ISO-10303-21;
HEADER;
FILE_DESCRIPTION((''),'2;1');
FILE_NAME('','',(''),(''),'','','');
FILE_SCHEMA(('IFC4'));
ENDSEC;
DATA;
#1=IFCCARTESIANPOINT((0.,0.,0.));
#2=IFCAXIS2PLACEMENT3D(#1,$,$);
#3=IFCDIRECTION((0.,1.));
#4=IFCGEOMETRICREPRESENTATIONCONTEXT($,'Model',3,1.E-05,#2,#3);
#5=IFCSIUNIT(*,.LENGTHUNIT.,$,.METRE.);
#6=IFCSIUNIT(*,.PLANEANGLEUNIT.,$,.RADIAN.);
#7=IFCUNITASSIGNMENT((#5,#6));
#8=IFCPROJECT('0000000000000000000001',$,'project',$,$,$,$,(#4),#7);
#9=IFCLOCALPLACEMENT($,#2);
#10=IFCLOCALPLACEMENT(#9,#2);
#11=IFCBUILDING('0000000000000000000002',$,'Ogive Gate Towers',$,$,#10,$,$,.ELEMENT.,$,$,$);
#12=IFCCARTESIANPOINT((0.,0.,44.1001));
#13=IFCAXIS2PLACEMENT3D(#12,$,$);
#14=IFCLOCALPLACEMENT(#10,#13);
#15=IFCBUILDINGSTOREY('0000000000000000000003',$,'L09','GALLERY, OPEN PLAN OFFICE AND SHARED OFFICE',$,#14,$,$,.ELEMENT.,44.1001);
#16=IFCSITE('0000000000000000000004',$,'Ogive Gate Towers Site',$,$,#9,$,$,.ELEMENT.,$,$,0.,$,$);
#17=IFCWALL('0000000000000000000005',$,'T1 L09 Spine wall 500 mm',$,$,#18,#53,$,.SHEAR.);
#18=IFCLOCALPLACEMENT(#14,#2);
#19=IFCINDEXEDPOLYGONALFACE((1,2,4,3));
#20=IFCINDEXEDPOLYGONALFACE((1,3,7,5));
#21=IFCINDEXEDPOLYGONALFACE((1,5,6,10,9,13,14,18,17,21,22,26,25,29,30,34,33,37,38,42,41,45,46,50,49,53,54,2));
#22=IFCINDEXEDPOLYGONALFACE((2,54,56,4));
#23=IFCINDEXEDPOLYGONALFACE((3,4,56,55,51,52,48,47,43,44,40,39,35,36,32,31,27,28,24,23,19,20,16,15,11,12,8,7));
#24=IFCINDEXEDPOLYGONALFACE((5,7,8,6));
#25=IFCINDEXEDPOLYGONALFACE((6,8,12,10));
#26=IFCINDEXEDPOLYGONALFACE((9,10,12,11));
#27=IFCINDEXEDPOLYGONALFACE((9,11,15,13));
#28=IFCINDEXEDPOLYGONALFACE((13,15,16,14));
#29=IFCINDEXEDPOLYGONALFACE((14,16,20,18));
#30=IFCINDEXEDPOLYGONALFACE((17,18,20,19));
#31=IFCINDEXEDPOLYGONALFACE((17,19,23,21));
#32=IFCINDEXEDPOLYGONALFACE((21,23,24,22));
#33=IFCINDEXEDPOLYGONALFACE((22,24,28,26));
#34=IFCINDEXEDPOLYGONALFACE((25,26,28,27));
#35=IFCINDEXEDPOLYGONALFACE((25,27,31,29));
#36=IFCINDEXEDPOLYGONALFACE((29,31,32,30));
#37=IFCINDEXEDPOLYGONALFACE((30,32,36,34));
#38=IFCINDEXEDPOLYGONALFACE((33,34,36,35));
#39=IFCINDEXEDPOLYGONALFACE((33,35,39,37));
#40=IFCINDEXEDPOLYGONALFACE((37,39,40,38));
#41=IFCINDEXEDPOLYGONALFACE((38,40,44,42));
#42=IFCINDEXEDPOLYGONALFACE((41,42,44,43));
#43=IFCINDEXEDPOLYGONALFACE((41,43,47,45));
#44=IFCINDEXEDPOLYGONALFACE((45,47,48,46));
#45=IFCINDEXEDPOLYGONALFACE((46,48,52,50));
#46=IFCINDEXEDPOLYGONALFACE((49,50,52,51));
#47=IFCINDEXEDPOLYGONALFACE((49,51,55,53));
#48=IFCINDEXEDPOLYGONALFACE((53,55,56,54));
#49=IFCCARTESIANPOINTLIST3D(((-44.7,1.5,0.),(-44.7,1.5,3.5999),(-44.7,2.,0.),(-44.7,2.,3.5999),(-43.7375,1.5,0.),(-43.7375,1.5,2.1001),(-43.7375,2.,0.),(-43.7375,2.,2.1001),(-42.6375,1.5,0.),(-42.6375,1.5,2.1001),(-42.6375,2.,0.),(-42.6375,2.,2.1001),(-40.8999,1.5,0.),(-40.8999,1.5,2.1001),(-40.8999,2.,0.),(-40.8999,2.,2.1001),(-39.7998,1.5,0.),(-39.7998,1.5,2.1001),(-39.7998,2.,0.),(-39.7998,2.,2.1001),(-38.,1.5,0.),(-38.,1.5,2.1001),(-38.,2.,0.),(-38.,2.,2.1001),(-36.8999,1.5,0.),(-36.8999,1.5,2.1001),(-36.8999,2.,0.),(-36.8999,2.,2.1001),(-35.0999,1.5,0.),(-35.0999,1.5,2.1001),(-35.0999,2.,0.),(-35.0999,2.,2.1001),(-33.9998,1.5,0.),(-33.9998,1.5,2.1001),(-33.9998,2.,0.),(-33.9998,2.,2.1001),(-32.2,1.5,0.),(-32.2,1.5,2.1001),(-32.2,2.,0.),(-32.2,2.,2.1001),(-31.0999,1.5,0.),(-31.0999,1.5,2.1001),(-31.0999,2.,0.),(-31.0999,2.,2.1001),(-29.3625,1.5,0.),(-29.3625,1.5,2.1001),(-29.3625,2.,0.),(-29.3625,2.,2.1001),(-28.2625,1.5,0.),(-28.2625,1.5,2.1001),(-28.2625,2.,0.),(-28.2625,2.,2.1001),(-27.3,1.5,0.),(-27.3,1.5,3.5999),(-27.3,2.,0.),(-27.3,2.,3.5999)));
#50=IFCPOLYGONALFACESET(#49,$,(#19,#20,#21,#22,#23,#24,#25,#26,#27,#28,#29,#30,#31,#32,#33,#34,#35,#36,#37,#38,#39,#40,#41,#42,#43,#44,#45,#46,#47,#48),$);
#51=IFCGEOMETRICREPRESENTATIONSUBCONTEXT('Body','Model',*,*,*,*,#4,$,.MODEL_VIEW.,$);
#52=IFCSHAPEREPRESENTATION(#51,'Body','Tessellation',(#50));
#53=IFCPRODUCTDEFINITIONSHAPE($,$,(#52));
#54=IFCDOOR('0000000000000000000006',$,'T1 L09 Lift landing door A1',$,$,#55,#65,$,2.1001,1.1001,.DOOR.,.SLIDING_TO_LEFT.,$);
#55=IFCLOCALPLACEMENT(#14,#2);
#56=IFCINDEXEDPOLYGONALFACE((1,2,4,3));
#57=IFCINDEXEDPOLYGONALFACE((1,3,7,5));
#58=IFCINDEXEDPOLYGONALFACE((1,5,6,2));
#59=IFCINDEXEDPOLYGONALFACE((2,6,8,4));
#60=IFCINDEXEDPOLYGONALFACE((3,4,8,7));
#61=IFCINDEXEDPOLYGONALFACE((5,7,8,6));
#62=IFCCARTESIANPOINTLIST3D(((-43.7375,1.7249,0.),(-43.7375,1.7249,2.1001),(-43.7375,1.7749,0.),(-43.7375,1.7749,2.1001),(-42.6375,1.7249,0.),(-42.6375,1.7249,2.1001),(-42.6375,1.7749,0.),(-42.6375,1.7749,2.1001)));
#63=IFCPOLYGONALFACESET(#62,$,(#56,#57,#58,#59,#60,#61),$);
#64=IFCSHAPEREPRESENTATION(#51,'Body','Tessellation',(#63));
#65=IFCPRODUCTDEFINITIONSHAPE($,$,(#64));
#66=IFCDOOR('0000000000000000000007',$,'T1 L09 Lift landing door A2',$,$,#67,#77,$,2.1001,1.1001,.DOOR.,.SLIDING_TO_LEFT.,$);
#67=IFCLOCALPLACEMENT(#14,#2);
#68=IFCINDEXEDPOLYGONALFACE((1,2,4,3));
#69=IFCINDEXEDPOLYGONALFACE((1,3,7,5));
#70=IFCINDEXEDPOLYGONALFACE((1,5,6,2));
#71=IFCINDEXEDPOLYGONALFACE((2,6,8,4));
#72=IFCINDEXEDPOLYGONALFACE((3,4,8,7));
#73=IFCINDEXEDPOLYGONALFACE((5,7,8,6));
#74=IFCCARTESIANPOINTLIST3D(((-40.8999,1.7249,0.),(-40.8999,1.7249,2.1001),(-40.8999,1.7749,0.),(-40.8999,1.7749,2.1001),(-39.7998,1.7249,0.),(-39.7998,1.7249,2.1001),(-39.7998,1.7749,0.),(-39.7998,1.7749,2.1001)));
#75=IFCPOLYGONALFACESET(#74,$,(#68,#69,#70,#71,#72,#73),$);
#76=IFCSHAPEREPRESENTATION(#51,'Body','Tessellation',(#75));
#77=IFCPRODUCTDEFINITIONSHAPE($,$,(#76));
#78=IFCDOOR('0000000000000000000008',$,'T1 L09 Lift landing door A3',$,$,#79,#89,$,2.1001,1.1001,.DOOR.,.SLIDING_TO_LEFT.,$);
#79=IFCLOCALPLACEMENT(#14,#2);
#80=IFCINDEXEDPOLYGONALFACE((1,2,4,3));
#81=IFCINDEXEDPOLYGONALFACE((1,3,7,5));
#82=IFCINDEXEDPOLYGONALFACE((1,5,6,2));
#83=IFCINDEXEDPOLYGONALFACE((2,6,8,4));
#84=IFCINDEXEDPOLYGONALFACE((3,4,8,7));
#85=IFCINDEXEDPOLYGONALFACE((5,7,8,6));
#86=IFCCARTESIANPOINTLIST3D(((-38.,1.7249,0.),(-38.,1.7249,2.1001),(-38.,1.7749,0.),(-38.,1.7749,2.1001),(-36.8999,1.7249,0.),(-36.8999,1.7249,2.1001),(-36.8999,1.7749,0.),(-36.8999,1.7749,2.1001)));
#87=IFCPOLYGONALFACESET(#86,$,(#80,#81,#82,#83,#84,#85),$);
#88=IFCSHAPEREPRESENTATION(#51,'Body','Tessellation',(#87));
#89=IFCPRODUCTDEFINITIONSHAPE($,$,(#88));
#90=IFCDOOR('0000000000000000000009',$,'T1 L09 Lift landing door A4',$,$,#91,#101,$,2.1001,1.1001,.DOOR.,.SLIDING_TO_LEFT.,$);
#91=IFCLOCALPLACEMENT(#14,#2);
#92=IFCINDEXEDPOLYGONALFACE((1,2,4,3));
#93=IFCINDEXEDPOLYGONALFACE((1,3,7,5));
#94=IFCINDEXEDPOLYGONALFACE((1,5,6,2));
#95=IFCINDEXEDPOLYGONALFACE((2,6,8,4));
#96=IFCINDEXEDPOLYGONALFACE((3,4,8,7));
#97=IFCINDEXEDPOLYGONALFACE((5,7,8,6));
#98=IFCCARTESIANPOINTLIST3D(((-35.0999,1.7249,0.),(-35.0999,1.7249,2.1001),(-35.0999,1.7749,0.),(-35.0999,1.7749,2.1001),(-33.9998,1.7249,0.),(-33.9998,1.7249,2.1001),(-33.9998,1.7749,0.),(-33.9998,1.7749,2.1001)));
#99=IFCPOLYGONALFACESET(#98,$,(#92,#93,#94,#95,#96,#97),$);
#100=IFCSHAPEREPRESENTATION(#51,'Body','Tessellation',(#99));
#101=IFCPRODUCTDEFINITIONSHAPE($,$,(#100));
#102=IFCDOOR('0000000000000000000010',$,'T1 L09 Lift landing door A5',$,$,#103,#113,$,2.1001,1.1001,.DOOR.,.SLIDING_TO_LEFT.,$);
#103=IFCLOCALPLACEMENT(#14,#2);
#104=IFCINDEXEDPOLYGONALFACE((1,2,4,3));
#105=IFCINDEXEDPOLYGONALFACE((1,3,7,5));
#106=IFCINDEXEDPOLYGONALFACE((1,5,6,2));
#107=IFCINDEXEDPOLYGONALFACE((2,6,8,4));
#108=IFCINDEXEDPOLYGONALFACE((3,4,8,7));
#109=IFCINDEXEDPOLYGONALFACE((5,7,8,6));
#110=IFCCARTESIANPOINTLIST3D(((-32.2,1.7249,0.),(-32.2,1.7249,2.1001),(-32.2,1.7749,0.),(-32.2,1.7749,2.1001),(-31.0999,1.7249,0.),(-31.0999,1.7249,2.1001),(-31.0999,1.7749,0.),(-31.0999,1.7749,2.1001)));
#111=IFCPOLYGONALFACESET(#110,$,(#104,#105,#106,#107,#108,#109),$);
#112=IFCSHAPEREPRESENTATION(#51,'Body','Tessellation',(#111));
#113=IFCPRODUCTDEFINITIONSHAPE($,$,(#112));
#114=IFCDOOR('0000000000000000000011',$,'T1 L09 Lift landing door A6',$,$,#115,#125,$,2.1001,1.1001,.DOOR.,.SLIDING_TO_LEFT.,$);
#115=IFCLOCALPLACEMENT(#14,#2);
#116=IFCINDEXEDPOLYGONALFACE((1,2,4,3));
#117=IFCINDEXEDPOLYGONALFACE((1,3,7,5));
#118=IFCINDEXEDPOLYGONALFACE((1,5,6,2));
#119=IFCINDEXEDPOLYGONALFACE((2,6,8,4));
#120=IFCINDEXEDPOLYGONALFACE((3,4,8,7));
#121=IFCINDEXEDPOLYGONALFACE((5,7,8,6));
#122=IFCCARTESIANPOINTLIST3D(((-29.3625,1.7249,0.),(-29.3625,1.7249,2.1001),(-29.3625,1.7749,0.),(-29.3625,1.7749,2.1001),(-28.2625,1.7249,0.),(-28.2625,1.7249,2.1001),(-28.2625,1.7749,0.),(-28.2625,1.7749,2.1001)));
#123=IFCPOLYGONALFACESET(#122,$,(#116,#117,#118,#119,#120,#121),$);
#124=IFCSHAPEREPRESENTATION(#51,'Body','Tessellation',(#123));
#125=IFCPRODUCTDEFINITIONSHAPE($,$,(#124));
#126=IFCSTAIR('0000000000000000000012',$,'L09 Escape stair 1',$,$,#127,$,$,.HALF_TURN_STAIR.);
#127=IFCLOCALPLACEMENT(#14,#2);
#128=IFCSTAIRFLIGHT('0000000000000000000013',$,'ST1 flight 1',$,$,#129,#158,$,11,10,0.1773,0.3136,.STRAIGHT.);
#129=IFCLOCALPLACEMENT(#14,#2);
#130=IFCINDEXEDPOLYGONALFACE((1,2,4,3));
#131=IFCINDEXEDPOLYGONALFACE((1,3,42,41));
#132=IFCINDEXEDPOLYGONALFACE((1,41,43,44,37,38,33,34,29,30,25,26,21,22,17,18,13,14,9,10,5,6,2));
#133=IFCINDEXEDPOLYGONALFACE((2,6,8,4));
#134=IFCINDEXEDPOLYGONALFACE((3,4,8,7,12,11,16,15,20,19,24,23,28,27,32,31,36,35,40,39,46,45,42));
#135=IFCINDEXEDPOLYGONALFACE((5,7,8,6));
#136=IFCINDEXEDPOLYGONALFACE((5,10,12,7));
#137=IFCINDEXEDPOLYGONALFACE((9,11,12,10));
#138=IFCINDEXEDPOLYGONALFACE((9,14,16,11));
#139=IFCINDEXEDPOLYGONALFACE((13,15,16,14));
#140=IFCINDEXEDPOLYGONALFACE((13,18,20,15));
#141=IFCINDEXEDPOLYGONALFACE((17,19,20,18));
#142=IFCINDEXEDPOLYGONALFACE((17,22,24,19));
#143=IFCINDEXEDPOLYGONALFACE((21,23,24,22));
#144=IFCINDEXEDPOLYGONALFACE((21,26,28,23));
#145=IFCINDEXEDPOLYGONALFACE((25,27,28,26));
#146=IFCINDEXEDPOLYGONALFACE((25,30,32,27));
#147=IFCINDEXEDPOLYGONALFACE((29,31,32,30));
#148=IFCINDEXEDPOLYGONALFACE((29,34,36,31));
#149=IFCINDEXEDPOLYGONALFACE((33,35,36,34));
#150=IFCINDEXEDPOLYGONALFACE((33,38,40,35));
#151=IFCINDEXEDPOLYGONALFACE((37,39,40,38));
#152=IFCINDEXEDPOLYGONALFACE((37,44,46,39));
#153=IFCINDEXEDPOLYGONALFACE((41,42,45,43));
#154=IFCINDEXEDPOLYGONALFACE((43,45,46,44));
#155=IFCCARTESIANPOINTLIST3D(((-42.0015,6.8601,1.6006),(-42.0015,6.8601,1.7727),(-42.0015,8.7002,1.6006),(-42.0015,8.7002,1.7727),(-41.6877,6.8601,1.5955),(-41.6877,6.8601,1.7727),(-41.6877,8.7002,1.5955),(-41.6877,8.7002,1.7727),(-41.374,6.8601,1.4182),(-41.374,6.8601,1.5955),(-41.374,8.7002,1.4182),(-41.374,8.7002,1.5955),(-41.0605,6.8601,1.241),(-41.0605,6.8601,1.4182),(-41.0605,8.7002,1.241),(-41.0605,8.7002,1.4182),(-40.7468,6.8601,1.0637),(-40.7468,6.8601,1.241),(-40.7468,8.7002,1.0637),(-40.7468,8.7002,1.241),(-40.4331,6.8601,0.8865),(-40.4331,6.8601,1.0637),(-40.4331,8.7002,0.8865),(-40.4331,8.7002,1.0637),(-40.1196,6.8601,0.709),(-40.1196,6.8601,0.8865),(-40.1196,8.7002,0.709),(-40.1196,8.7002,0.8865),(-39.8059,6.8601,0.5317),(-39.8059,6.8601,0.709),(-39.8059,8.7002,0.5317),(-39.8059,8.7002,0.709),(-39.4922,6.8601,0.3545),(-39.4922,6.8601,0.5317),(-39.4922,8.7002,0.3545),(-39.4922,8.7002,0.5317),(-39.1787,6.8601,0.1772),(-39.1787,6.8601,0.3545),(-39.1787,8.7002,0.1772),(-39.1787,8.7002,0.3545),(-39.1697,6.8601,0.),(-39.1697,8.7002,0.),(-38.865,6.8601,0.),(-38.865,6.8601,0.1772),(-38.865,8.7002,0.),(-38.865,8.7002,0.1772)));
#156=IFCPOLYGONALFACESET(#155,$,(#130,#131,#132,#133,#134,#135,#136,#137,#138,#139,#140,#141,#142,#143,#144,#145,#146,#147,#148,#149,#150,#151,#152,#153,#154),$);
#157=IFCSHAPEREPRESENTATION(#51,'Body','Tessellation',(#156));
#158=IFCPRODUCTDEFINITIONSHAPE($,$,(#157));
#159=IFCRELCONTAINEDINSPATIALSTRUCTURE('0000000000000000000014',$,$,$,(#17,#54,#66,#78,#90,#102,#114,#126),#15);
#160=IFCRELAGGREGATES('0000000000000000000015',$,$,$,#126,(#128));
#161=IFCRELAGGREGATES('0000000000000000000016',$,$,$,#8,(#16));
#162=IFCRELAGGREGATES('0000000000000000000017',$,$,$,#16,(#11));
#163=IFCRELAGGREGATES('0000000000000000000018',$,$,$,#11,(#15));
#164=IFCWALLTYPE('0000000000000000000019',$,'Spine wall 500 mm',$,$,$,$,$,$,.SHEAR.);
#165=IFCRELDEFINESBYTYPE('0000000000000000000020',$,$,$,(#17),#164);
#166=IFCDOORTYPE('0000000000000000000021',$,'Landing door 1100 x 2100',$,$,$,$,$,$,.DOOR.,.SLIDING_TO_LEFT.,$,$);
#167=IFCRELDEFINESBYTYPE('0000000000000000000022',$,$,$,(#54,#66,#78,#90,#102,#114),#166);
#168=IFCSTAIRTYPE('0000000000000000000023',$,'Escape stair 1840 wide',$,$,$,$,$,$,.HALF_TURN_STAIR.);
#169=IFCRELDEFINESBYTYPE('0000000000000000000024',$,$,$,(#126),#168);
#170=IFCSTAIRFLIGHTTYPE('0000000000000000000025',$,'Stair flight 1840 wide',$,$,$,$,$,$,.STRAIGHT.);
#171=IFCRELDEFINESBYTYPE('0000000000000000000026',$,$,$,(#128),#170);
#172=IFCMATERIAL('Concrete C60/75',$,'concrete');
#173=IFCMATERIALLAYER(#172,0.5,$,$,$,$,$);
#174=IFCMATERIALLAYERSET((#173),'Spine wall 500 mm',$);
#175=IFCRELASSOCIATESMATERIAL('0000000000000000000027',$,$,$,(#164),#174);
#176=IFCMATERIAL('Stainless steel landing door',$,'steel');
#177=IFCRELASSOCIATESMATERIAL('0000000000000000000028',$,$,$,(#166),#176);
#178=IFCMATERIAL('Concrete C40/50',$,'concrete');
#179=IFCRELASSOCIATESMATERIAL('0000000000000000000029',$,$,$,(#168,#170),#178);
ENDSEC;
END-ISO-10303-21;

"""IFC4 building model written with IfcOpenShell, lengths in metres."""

from ifc_helpers import new_model, si_unit, direction, frame, frame_2d, origin, place, context, subcontext, project, spatial, polyline, rectangle, outline, extrude, material, layer, layer_set, type_object, element, fill, aggregate, save


model = new_model("IFC4")

# Units and contexts
model_context = context("Model", 3, precision=1e-05, world=origin(), true_north=direction((0.0, 1.0)))
body_context = subcontext(model_context, "Body", "Model", "MODEL_VIEW")
ifc_project = project(units=[si_unit("LENGTHUNIT", "METRE"), si_unit("PLANEANGLEUNIT", "RADIAN")], contexts=[model_context])

# Site, building, storey
site_placement = place(None, origin())
site = spatial("IfcSite", under=ifc_project, at=site_placement, Name="Ogive Gate Towers Site", CompositionType="ELEMENT", RefElevation=0.0)
building_placement = place(site_placement, origin())
building = spatial("IfcBuilding", under=site, at=building_placement, Name="Ogive Gate Towers", CompositionType="ELEMENT")
storey_placement = place(building_placement, frame((0.0, 0.0, 44.1001)))
storey = spatial("IfcBuildingStorey", under=building, at=storey_placement, Name="L09", Description="GALLERY, OPEN PLAN OFFICE AND SHARED OFFICE", CompositionType="ELEMENT", Elevation=44.1001)

# Shared definitions
ifc_material_1 = material(Name="Concrete C60/75", Category="concrete")

# Wall, openings, doors
ifc_layer_1 = layer(ifc_material_1, 0.5)
ifc_layer_set_1 = layer_set([ifc_layer_1], Name="Spine wall 500 mm")
wall_type_1 = type_object("IfcWallType", Name="Spine wall 500 mm", PredefinedType="SHEAR", material=ifc_layer_set_1)
wall_1_placement = place(storey_placement, frame((-44.7, 1.75, 0.0), z_axis=(0.0, 0.0, 1.0), x_axis=(1.0, 0.0, 0.0)))
wall_1 = element("IfcWall", 1, at=wall_1_placement, inside=storey, type_object=wall_type_1, Name="T1 L09 Spine wall 500 mm", PredefinedType="SHEAR", context=body_context, shape_type="SweptSolid", body=[
    extrude(rectangle(XDim=17.3999, YDim=0.5, at=frame_2d((8.7, 0.0))), origin(), (0.0, 0.0, 1.0), 3.5999),
])
opening_1_placement = place(wall_1_placement, frame((0.9624, 0.0, 0.0)))
opening_1 = element("IfcOpeningElement", 2, at=opening_1_placement, cuts=wall_1, PredefinedType="OPENING", context=body_context, shape_type="SweptSolid", body=[
    extrude(rectangle(XDim=1.1001, YDim=2.1001, at=frame_2d((0.55, 1.05))), frame((0.0, 0.26, 0.0), z_axis=(0.0, -1.0, 0.0), x_axis=(1.0, 0.0, 0.0)), (0.0, 0.0, 1.0), 0.52),
])
opening_2_placement = place(wall_1_placement, frame((3.8, 0.0, 0.0)))
opening_2 = element("IfcOpeningElement", 3, at=opening_2_placement, cuts=wall_1, PredefinedType="OPENING", context=body_context, shape_type="SweptSolid", body=[
    extrude(rectangle(XDim=1.1001, YDim=2.1001, at=frame_2d((0.55, 1.05))), frame((0.0, 0.26, 0.0), z_axis=(0.0, -1.0, 0.0), x_axis=(1.0, 0.0, 0.0)), (0.0, 0.0, 1.0), 0.52),
])
opening_3_placement = place(wall_1_placement, frame((6.7, 0.0, 0.0)))
opening_3 = element("IfcOpeningElement", 4, at=opening_3_placement, cuts=wall_1, PredefinedType="OPENING", context=body_context, shape_type="SweptSolid", body=[
    extrude(rectangle(XDim=1.1001, YDim=2.1001, at=frame_2d((0.55, 1.05))), frame((0.0, 0.26, 0.0), z_axis=(0.0, -1.0, 0.0), x_axis=(1.0, 0.0, 0.0)), (0.0, 0.0, 1.0), 0.52),
])
opening_4_placement = place(wall_1_placement, frame((9.6001, 0.0, 0.0)))
opening_4 = element("IfcOpeningElement", 5, at=opening_4_placement, cuts=wall_1, PredefinedType="OPENING", context=body_context, shape_type="SweptSolid", body=[
    extrude(rectangle(XDim=1.1001, YDim=2.1001, at=frame_2d((0.55, 1.05))), frame((0.0, 0.26, 0.0), z_axis=(0.0, -1.0, 0.0), x_axis=(1.0, 0.0, 0.0)), (0.0, 0.0, 1.0), 0.52),
])
opening_5_placement = place(wall_1_placement, frame((12.5, 0.0, 0.0)))
opening_5 = element("IfcOpeningElement", 6, at=opening_5_placement, cuts=wall_1, PredefinedType="OPENING", context=body_context, shape_type="SweptSolid", body=[
    extrude(rectangle(XDim=1.1001, YDim=2.1001, at=frame_2d((0.55, 1.05))), frame((0.0, 0.26, 0.0), z_axis=(0.0, -1.0, 0.0), x_axis=(1.0, 0.0, 0.0)), (0.0, 0.0, 1.0), 0.52),
])
opening_6_placement = place(wall_1_placement, frame((15.3374, 0.0, 0.0)))
opening_6 = element("IfcOpeningElement", 7, at=opening_6_placement, cuts=wall_1, PredefinedType="OPENING", context=body_context, shape_type="SweptSolid", body=[
    extrude(rectangle(XDim=1.1001, YDim=2.1001, at=frame_2d((0.55, 1.05))), frame((0.0, 0.26, 0.0), z_axis=(0.0, -1.0, 0.0), x_axis=(1.0, 0.0, 0.0)), (0.0, 0.0, 1.0), 0.52),
])
ifc_material_2 = material(Name="Stainless steel landing door", Category="steel")
door_type_1 = type_object("IfcDoorType", Name="Landing door 1100 x 2100", OperationType="SLIDING_TO_LEFT", PredefinedType="DOOR", material=ifc_material_2)
door_1_placement = place(opening_1_placement, origin())
door_1 = element("IfcDoor", 8, at=door_1_placement, inside=storey, type_object=door_type_1, Name="T1 L09 Lift landing door A1", OperationType="SLIDING_TO_LEFT", OverallHeight=2.1001, OverallWidth=1.1001, PredefinedType="DOOR", context=body_context, shape_type="SweptSolid", body=[
    extrude(rectangle(XDim=1.1001, YDim=2.1001, at=frame_2d((0.55, 1.05))), frame((0.0, 0.0249, 0.0), z_axis=(0.0, -1.0, 0.0), x_axis=(1.0, 0.0, 0.0)), (0.0, 0.0, 1.0), 0.05),
])
fill(opening_1, door_1)
door_2_placement = place(opening_2_placement, origin())
door_2 = element("IfcDoor", 9, at=door_2_placement, inside=storey, type_object=door_type_1, Name="T1 L09 Lift landing door A2", OperationType="SLIDING_TO_LEFT", OverallHeight=2.1001, OverallWidth=1.1001, PredefinedType="DOOR", context=body_context, shape_type="SweptSolid", body=[
    extrude(rectangle(XDim=1.1001, YDim=2.1001, at=frame_2d((0.55, 1.05))), frame((0.0, 0.0249, 0.0), z_axis=(0.0, -1.0, 0.0), x_axis=(1.0, 0.0, 0.0)), (0.0, 0.0, 1.0), 0.05),
])
fill(opening_2, door_2)
door_3_placement = place(opening_3_placement, origin())
door_3 = element("IfcDoor", 10, at=door_3_placement, inside=storey, type_object=door_type_1, Name="T1 L09 Lift landing door A3", OperationType="SLIDING_TO_LEFT", OverallHeight=2.1001, OverallWidth=1.1001, PredefinedType="DOOR", context=body_context, shape_type="SweptSolid", body=[
    extrude(rectangle(XDim=1.1001, YDim=2.1001, at=frame_2d((0.55, 1.05))), frame((0.0, 0.0249, 0.0), z_axis=(0.0, -1.0, 0.0), x_axis=(1.0, 0.0, 0.0)), (0.0, 0.0, 1.0), 0.05),
])
fill(opening_3, door_3)
door_4_placement = place(opening_4_placement, origin())
door_4 = element("IfcDoor", 11, at=door_4_placement, inside=storey, type_object=door_type_1, Name="T1 L09 Lift landing door A4", OperationType="SLIDING_TO_LEFT", OverallHeight=2.1001, OverallWidth=1.1001, PredefinedType="DOOR", context=body_context, shape_type="SweptSolid", body=[
    extrude(rectangle(XDim=1.1001, YDim=2.1001, at=frame_2d((0.55, 1.05))), frame((0.0, 0.0249, 0.0), z_axis=(0.0, -1.0, 0.0), x_axis=(1.0, 0.0, 0.0)), (0.0, 0.0, 1.0), 0.05),
])
fill(opening_4, door_4)
door_5_placement = place(opening_5_placement, origin())
door_5 = element("IfcDoor", 12, at=door_5_placement, inside=storey, type_object=door_type_1, Name="T1 L09 Lift landing door A5", OperationType="SLIDING_TO_LEFT", OverallHeight=2.1001, OverallWidth=1.1001, PredefinedType="DOOR", context=body_context, shape_type="SweptSolid", body=[
    extrude(rectangle(XDim=1.1001, YDim=2.1001, at=frame_2d((0.55, 1.05))), frame((0.0, 0.0249, 0.0), z_axis=(0.0, -1.0, 0.0), x_axis=(1.0, 0.0, 0.0)), (0.0, 0.0, 1.0), 0.05),
])
fill(opening_5, door_5)
door_6_placement = place(opening_6_placement, origin())
door_6 = element("IfcDoor", 13, at=door_6_placement, inside=storey, type_object=door_type_1, Name="T1 L09 Lift landing door A6", OperationType="SLIDING_TO_LEFT", OverallHeight=2.1001, OverallWidth=1.1001, PredefinedType="DOOR", context=body_context, shape_type="SweptSolid", body=[
    extrude(rectangle(XDim=1.1001, YDim=2.1001, at=frame_2d((0.55, 1.05))), frame((0.0, 0.0249, 0.0), z_axis=(0.0, -1.0, 0.0), x_axis=(1.0, 0.0, 0.0)), (0.0, 0.0, 1.0), 0.05),
])
fill(opening_6, door_6)

# Stair, stair flight
ifc_material_3 = material(Name="Concrete C40/50", Category="concrete")
stair_type = type_object("IfcStairType", Name="Escape stair 1840 wide", PredefinedType="HALF_TURN_STAIR", material=ifc_material_3)
stair_placement = place(storey_placement, origin())
stair = element("IfcStair", 14, at=stair_placement, inside=storey, type_object=stair_type, Name="L09 Escape stair 1", PredefinedType="HALF_TURN_STAIR")
stair_flight_type = type_object("IfcStairFlightType", Name="Stair flight 1840 wide", PredefinedType="STRAIGHT", material=ifc_material_3)
stair_flight_1_placement = place(storey_placement, frame((-38.865, 7.78, 0.0), z_axis=(0.0, 0.0, 1.0), x_axis=(-1.0, 0.0, 0.0)))
stair_flight_1 = element("IfcStairFlight", 15, at=stair_flight_1_placement, type_object=stair_flight_type, Name="ST1 flight 1", NumberOfRisers=11, NumberOfTreads=10, PredefinedType="STRAIGHT", RiserHeight=0.1773, TreadLength=0.3136, context=body_context, shape_type="SweptSolid", body=[
    extrude(outline(polyline([(0.0, 0.0), (0.0, 0.1772), (0.3137, 0.1772), (0.3137, 0.3545), (0.6272, 0.3545), (0.6272, 0.5317), (0.9409, 0.5317), (0.9409, 0.709), (1.2546, 0.709), (1.2546, 0.8865), (1.5681, 0.8865), (1.5681, 1.0637), (1.8818, 1.0637), (1.8818, 1.241), (2.1956, 1.241), (2.1956, 1.4182), (2.509, 1.4182), (2.509, 1.5955), (2.8228, 1.5955), (2.8228, 1.7727), (3.1365, 1.7727), (3.1365, 1.95), (3.1365, 1.6006), (0.3047, 0.0), (0.0, 0.0)])), frame((0.0, 0.9199, 0.0), z_axis=(0.0, -1.0, 0.0), x_axis=(1.0, 0.0, 0.0)), (0.0, 0.0, 1.0), 1.8401),
])
aggregate(stair, [stair_flight_1])

save(model, "model.ifc")
